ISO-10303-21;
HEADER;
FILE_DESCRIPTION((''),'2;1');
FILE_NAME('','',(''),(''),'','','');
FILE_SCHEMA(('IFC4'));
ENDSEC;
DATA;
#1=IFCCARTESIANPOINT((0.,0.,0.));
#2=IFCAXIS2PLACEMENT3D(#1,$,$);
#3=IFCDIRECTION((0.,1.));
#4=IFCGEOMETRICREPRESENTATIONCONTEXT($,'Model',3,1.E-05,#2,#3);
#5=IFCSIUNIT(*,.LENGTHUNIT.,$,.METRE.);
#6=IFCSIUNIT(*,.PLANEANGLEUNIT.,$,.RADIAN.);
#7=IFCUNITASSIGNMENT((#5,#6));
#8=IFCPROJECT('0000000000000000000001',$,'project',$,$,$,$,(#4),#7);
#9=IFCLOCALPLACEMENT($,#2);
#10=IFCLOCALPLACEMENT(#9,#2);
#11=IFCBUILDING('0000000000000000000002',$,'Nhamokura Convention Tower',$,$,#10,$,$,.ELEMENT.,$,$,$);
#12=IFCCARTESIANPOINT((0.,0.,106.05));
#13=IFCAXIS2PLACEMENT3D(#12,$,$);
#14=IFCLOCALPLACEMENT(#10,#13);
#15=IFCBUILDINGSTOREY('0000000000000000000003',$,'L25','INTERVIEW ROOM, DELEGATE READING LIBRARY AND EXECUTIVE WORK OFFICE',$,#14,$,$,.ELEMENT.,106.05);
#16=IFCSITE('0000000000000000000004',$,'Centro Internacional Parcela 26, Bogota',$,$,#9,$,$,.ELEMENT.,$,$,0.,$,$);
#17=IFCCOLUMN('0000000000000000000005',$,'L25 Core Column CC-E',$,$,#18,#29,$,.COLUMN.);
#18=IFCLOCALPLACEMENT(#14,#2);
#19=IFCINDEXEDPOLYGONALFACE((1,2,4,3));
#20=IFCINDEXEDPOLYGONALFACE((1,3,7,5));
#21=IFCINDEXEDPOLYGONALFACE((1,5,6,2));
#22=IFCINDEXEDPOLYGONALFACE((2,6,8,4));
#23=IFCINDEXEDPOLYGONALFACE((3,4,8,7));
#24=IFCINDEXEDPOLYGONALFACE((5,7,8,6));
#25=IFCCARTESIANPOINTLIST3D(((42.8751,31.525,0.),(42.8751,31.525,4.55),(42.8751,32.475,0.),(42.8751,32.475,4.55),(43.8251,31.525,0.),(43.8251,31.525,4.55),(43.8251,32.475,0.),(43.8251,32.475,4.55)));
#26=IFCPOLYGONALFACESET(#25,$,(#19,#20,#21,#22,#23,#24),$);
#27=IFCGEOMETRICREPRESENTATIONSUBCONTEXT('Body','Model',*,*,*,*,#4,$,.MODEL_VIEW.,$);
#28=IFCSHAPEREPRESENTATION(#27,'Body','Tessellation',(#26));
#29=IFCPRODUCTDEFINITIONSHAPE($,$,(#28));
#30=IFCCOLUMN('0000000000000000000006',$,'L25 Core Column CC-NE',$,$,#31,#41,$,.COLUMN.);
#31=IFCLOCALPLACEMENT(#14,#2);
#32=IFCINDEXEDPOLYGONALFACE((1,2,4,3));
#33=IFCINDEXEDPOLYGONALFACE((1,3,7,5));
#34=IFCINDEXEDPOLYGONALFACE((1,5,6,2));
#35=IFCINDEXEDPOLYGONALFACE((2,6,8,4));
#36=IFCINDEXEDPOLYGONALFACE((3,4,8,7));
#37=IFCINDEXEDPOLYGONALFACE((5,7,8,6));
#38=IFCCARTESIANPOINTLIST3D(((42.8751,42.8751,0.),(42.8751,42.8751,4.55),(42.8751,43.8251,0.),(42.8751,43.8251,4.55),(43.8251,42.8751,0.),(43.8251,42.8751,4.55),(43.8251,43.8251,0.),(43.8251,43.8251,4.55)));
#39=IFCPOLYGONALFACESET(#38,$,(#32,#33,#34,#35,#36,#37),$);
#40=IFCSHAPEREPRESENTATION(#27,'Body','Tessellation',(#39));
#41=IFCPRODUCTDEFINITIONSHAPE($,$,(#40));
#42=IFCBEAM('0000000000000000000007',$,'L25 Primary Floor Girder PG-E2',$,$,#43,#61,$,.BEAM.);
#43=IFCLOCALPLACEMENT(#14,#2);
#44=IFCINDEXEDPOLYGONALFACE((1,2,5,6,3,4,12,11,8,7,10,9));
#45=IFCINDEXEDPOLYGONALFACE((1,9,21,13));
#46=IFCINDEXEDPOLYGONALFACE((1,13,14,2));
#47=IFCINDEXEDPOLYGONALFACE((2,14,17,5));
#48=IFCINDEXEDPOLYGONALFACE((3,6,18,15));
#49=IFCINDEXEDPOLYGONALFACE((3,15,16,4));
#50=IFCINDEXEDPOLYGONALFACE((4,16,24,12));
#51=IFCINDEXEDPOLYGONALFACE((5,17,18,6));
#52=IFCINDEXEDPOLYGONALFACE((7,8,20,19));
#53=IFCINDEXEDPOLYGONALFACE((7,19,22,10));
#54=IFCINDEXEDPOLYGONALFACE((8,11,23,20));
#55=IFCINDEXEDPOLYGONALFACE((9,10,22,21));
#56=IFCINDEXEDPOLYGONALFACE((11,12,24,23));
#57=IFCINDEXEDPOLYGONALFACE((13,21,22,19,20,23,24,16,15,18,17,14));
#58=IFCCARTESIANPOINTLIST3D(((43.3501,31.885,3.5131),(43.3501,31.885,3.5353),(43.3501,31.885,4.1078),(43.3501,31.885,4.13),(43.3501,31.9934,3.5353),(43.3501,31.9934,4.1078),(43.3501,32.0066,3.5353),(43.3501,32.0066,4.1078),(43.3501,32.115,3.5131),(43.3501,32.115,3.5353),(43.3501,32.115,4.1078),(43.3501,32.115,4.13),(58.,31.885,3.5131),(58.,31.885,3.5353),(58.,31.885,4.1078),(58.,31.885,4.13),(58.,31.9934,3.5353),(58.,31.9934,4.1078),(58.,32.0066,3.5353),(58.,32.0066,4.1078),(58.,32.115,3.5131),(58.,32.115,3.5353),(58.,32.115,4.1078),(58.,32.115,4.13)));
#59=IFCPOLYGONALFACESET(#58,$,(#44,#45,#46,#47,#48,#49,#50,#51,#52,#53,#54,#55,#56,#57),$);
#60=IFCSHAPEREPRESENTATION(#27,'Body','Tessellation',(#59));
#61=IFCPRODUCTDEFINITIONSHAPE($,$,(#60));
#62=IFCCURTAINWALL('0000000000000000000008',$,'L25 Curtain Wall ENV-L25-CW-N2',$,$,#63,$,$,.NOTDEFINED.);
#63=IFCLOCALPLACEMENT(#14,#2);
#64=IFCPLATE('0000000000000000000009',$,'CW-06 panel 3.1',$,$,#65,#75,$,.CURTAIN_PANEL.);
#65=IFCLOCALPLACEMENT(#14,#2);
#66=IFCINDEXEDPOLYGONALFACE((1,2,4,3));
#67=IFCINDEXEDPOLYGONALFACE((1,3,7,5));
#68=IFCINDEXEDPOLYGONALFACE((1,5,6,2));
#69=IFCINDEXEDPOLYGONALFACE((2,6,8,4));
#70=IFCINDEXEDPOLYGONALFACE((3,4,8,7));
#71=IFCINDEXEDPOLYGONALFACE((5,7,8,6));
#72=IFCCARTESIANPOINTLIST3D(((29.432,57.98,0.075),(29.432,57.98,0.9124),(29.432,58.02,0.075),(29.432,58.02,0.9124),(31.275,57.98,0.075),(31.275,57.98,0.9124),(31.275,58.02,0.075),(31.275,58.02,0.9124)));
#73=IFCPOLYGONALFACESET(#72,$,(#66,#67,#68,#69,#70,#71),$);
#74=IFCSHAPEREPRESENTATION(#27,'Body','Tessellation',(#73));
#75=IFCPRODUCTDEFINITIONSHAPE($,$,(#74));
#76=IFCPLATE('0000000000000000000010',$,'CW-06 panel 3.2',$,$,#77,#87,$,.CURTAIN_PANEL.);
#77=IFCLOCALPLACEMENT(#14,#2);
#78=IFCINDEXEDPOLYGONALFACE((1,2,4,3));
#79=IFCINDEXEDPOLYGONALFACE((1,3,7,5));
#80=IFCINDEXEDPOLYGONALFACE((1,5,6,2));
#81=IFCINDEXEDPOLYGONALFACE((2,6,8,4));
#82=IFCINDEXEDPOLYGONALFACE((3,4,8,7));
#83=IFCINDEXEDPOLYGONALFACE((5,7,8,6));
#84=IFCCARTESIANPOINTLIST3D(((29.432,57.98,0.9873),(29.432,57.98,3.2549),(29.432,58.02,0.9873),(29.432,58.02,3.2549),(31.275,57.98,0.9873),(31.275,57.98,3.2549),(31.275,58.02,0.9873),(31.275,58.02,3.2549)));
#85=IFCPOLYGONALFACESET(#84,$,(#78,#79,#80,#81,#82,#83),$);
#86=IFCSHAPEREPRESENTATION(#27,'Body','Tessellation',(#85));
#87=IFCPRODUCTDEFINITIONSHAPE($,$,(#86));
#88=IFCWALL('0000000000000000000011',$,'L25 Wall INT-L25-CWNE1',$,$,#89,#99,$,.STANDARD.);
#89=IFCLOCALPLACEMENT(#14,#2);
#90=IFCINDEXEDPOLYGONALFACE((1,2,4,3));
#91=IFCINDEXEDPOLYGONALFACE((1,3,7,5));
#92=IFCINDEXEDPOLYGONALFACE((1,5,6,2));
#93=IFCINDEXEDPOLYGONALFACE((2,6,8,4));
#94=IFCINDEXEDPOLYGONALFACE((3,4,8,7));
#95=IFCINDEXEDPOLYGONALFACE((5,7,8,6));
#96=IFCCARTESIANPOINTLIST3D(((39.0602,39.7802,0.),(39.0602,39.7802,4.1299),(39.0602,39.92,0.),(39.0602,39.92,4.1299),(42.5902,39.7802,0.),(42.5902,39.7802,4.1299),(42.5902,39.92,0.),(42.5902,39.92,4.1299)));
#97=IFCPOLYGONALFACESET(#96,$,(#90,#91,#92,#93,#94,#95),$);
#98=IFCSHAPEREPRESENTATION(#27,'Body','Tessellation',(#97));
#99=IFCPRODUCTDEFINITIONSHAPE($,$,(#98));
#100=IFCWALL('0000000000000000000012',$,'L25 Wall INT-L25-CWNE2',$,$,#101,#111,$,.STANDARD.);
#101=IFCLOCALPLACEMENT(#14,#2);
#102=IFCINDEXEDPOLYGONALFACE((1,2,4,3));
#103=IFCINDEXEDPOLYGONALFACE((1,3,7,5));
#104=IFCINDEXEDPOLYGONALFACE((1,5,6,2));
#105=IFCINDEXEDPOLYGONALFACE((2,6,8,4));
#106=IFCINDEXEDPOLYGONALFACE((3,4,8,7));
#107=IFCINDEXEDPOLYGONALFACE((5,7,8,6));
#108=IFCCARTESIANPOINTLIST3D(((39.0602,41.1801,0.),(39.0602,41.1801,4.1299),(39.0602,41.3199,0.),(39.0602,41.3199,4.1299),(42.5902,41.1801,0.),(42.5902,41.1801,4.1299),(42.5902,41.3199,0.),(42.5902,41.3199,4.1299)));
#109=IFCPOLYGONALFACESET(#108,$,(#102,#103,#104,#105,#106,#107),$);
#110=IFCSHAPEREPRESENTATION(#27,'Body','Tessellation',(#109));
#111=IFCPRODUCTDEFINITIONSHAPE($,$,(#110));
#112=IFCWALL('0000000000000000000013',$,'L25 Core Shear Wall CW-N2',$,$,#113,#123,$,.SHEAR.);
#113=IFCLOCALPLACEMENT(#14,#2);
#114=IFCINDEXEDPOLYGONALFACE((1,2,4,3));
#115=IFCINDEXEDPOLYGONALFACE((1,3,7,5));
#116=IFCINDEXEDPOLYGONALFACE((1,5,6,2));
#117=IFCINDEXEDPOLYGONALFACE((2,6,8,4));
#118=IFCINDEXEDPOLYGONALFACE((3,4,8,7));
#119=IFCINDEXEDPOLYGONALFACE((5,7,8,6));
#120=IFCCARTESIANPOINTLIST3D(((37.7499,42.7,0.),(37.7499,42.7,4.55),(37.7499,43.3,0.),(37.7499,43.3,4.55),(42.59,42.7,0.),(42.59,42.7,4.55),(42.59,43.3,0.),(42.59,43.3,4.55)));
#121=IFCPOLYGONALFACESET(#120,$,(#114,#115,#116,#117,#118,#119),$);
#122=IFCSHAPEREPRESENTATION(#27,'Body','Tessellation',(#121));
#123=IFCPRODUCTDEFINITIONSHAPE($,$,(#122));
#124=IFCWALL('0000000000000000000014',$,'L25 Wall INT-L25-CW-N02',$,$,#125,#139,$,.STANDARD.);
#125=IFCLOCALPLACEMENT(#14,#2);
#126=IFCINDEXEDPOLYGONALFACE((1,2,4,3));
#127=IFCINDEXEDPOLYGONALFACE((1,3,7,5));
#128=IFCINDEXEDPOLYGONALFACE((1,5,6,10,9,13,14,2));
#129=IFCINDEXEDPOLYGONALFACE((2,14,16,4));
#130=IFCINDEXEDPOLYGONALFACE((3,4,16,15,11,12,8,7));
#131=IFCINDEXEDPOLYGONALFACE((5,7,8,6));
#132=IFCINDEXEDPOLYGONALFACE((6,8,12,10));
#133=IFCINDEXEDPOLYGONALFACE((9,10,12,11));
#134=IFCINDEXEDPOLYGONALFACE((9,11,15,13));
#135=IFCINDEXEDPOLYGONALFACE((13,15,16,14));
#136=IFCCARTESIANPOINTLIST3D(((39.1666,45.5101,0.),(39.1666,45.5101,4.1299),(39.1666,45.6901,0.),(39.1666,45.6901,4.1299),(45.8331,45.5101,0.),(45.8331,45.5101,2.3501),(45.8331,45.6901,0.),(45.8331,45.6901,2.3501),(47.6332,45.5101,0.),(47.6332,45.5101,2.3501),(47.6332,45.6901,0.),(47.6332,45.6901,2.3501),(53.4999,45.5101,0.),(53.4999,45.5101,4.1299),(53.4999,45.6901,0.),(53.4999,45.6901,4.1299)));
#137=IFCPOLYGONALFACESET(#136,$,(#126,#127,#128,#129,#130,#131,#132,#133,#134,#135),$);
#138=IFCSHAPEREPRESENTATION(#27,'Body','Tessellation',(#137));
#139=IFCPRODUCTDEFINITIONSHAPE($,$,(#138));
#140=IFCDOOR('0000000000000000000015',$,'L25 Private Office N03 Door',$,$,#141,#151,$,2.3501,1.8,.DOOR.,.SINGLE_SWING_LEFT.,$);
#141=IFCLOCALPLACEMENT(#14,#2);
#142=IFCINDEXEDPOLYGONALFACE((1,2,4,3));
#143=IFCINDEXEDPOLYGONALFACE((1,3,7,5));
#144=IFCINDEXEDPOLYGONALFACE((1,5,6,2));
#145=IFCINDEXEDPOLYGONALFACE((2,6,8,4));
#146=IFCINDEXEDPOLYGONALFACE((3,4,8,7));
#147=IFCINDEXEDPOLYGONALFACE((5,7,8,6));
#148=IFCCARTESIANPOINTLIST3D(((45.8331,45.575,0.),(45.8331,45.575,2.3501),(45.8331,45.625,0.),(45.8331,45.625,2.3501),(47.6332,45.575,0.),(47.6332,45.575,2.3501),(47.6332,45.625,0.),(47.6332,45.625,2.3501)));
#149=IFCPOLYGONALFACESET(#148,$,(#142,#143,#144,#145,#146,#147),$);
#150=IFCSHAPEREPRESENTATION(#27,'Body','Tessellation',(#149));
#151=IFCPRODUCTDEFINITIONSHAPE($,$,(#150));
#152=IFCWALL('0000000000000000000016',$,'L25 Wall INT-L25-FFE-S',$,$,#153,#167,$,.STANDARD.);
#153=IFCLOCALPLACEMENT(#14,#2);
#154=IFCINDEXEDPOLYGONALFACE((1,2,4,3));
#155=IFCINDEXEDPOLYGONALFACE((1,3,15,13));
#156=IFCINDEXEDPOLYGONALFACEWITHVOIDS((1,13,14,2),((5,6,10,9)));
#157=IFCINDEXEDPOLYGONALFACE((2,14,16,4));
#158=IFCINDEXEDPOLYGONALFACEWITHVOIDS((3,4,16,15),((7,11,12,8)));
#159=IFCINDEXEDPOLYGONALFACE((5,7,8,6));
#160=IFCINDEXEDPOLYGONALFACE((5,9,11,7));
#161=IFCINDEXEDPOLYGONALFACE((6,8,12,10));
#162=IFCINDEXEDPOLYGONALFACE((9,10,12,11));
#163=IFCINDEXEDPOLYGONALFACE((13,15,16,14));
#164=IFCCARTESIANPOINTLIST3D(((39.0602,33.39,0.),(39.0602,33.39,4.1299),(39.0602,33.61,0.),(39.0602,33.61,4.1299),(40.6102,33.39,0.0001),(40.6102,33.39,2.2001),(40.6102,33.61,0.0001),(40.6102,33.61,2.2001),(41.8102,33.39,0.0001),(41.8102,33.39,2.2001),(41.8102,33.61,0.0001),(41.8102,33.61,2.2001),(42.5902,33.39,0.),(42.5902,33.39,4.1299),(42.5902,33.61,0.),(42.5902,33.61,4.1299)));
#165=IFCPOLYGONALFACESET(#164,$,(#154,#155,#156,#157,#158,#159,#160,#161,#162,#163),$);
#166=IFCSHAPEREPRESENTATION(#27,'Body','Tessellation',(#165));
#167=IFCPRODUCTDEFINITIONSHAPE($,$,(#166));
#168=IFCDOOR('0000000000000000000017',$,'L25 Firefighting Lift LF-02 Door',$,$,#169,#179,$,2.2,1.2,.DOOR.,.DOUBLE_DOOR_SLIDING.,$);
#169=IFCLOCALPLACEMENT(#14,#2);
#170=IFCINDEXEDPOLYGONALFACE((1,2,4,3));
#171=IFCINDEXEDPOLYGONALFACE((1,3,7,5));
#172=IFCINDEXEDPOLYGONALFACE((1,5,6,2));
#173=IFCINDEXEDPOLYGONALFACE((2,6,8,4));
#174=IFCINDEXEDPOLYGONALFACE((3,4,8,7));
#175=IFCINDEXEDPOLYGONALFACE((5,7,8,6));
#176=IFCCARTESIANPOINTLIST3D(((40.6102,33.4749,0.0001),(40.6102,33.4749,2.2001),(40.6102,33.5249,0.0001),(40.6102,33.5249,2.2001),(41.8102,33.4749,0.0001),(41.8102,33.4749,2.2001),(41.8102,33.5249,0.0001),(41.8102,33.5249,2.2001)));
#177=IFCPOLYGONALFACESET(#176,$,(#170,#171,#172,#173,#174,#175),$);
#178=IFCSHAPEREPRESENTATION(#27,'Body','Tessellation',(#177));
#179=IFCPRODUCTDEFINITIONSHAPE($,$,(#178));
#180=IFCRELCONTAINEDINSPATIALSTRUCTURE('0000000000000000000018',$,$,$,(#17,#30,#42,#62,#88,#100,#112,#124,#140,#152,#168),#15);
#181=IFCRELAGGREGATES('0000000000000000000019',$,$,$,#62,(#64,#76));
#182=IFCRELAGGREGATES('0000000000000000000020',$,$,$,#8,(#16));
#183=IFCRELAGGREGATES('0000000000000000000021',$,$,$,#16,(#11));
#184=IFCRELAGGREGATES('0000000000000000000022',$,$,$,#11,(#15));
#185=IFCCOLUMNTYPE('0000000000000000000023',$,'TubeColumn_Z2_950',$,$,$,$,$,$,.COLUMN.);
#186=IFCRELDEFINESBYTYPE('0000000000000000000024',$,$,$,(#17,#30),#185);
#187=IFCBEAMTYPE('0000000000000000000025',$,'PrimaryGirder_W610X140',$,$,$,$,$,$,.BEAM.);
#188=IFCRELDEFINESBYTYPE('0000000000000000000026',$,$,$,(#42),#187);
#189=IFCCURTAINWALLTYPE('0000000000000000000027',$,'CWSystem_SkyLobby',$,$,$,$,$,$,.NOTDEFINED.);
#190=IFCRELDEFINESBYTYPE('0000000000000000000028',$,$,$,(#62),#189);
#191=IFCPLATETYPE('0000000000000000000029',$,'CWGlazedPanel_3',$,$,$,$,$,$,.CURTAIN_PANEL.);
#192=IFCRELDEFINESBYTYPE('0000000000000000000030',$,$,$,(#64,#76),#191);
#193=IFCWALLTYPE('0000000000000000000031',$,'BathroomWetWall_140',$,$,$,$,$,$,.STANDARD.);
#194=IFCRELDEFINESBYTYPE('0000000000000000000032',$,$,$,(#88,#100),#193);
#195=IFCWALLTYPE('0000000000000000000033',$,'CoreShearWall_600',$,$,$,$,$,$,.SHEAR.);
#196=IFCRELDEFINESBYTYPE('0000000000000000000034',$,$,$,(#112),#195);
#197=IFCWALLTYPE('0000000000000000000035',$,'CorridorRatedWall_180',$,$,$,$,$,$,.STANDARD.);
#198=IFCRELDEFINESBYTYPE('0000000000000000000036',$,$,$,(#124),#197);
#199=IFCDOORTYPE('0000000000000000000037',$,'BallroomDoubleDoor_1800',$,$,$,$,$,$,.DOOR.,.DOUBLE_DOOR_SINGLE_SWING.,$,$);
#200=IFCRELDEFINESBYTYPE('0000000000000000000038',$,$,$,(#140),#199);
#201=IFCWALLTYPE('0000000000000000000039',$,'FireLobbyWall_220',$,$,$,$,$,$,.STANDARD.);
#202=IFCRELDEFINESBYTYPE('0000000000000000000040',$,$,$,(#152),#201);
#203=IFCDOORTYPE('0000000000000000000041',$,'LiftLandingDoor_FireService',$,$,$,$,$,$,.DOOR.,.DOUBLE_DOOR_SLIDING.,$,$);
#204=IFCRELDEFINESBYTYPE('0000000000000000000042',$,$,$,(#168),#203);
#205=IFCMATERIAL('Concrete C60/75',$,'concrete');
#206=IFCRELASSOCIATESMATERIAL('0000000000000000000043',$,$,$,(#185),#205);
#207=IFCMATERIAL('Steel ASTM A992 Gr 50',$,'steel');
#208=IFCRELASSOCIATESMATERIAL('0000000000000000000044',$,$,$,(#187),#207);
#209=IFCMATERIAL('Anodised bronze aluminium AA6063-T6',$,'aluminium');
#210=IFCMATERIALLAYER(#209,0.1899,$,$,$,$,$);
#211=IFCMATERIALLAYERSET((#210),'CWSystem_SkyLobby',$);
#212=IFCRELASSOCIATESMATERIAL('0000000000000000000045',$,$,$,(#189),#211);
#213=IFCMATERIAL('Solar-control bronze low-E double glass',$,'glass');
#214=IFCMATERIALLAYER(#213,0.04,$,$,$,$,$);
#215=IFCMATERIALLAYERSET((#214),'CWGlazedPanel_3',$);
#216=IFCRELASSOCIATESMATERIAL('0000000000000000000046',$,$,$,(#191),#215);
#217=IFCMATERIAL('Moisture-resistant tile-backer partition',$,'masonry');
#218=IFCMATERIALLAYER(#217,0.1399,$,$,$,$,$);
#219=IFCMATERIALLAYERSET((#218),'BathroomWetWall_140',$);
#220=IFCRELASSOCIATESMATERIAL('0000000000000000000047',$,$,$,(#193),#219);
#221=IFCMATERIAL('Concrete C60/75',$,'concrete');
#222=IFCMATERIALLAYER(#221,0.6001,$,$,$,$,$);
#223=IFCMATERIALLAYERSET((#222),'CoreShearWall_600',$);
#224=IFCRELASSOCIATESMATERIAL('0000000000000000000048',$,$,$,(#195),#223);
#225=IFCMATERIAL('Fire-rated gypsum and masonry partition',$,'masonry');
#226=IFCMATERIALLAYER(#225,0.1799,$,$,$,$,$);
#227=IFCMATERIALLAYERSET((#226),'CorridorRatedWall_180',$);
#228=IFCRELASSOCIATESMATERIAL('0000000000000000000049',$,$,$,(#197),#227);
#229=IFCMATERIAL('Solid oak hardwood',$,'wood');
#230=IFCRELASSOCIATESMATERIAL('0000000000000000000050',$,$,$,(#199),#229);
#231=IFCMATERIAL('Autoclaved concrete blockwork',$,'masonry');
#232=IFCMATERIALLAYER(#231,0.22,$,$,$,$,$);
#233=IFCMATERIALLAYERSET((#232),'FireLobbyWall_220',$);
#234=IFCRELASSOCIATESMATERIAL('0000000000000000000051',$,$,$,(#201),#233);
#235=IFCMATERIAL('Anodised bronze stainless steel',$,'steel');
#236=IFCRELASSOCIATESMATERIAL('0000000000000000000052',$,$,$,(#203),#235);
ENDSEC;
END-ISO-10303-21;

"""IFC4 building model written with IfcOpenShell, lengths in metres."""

from ifc_helpers import new_model, si_unit, direction, frame, frame_2d, origin, origin_2d, place, context, subcontext, project, spatial, rectangle, i_section, extrude, material, layer, layer_set, material_profile, profile_set, type_object, element, fill, aggregate, save


model = new_model("IFC4")

# Units and contexts
model_context = context("Model", 3, precision=1e-05, world=origin(), true_north=direction((0.0, 1.0)))
body_context = subcontext(model_context, "Body", "Model", "MODEL_VIEW")
ifc_project = project(units=[si_unit("LENGTHUNIT", "METRE"), si_unit("PLANEANGLEUNIT", "RADIAN")], contexts=[model_context])

# Site, building, storey
site_placement = place(None, origin())
site = spatial("IfcSite", under=ifc_project, at=site_placement, Name="Centro Internacional Parcela 26, Bogota", CompositionType="ELEMENT", RefElevation=0.0)
building_placement = place(site_placement, origin())
building = spatial("IfcBuilding", under=site, at=building_placement, Name="Nhamokura Convention Tower", CompositionType="ELEMENT")
storey_placement = place(building_placement, frame((0.0, 0.0, 106.05)))
storey = spatial("IfcBuildingStorey", under=building, at=storey_placement, Name="L25", Description="INTERVIEW ROOM, DELEGATE READING LIBRARY AND EXECUTIVE WORK OFFICE", CompositionType="ELEMENT", Elevation=106.05)

# Columns
ifc_material_1 = material(Name="Concrete C60/75", Category="concrete")
ifc_material_profile_1 = material_profile(ifc_material_1, rectangle(XDim=0.95, YDim=0.95, at=origin_2d()))
ifc_profile_set_1 = profile_set([ifc_material_profile_1], Name="Concrete C60/75")
column_type = type_object("IfcColumnType", Name="TubeColumn_Z2_950", PredefinedType="COLUMN", material=ifc_profile_set_1)
for number, where, z_axis, x_axis, name in (
    (1, (43.3501, 32.0, 0.0), (0.0, 0.0, 1.0), (1.0, 0.0, 0.0), "L25 Core Column CC-E"),
    (2, (43.3501, 43.3501, 0.0), (0.0, 0.0, 1.0), (1.0, 0.0, 0.0), "L25 Core Column CC-NE"),
):
    element("IfcColumn", number, at=place(storey_placement, frame(where, z_axis=z_axis, x_axis=x_axis)), inside=storey, type_object=column_type, Name=name, PredefinedType="COLUMN", context=body_context, shape_type="SweptSolid", body=[
        extrude(rectangle(XDim=0.95, YDim=0.95, at=origin_2d()), origin(), (0.0, 0.0, 1.0), 4.55),
    ])

# Beam
ifc_material_2 = material(Name="Steel ASTM A992 Gr 50", Category="steel")
ifc_material_profile_2 = material_profile(ifc_material_2, i_section(OverallWidth=0.23, OverallDepth=0.6169, WebThickness=0.0132, FlangeThickness=0.0222, at=origin_2d()))
ifc_profile_set_2 = profile_set([ifc_material_profile_2], Name="Steel ASTM A992 Gr 50")
beam_type = type_object("IfcBeamType", Name="PrimaryGirder_W610X140", PredefinedType="BEAM", material=ifc_profile_set_2)
beam_placement = place(storey_placement, frame((43.3501, 32.0, 3.8215), z_axis=(1.0, 0.0, 0.0), x_axis=(0.0, 1.0, 0.0)))
element("IfcBeam", 3, at=beam_placement, inside=storey, type_object=beam_type, Name="L25 Primary Floor Girder PG-E2", PredefinedType="BEAM", context=body_context, shape_type="SweptSolid", body=[
    extrude(i_section(OverallWidth=0.23, OverallDepth=0.6169, WebThickness=0.0132, FlangeThickness=0.0222, at=origin_2d()), origin(), (0.0, 0.0, 1.0), 14.6499),
])

# Curtain wall, plates
ifc_material_3 = material(Name="Anodised bronze aluminium AA6063-T6", Category="aluminium")
ifc_layer_1 = layer(ifc_material_3, 0.1899)
ifc_layer_set_1 = layer_set([ifc_layer_1], Name="CWSystem_SkyLobby")
curtain_wall_type = type_object("IfcCurtainWallType", Name="CWSystem_SkyLobby", PredefinedType="NOTDEFINED", material=ifc_layer_set_1)
curtain_wall_placement = place(storey_placement, origin())
curtain_wall = element("IfcCurtainWall", 4, at=curtain_wall_placement, inside=storey, type_object=curtain_wall_type, Name="L25 Curtain Wall ENV-L25-CW-N2", PredefinedType="NOTDEFINED")
ifc_material_4 = material(Name="Solar-control bronze low-E double glass", Category="glass")
ifc_layer_2 = layer(ifc_material_4, 0.04)
ifc_layer_set_2 = layer_set([ifc_layer_2], Name="CWGlazedPanel_3")
plate_type = type_object("IfcPlateType", Name="CWGlazedPanel_3", PredefinedType="CURTAIN_PANEL", material=ifc_layer_set_2)
plate_1_placement = place(storey_placement, frame((30.3535, 58.0, 0.075), z_axis=(0.0, 0.0, 1.0), x_axis=(1.0, 0.0, 0.0)))
plate_1 = element("IfcPlate", 5, at=plate_1_placement, type_object=plate_type, Name="CW-06 panel 3.1", PredefinedType="CURTAIN_PANEL", context=body_context, shape_type="SweptSolid", body=[
    extrude(rectangle(XDim=1.843, YDim=0.04, at=origin_2d()), origin(), (0.0, 0.0, 1.0), 0.8374),
])
plate_2_placement = place(storey_placement, frame((30.3535, 58.0, 0.9873), z_axis=(0.0, 0.0, 1.0), x_axis=(1.0, 0.0, 0.0)))
plate_2 = element("IfcPlate", 6, at=plate_2_placement, type_object=plate_type, Name="CW-06 panel 3.2", PredefinedType="CURTAIN_PANEL", context=body_context, shape_type="SweptSolid", body=[
    extrude(rectangle(XDim=1.843, YDim=0.04, at=origin_2d()), origin(), (0.0, 0.0, 1.0), 2.2676),
])
aggregate(curtain_wall, [plate_1, plate_2])

# Walls
ifc_material_5 = material(Name="Moisture-resistant tile-backer partition", Category="masonry")
ifc_layer_3 = layer(ifc_material_5, 0.1399)
ifc_layer_set_3 = layer_set([ifc_layer_3], Name="BathroomWetWall_140")
wall_type_1 = type_object("IfcWallType", Name="BathroomWetWall_140", PredefinedType="STANDARD", material=ifc_layer_set_3)
for number, where, z_axis, x_axis, name in (
    (7, (39.0601, 39.8501, 0.0), (0.0, 0.0, 1.0), (1.0, 0.0, 0.0), "L25 Wall INT-L25-CWNE1"),
    (8, (39.0601, 41.25, 0.0), (0.0, 0.0, 1.0), (1.0, 0.0, 0.0), "L25 Wall INT-L25-CWNE2"),
):
    element("IfcWall", number, at=place(storey_placement, frame(where, z_axis=z_axis, x_axis=x_axis)), inside=storey, type_object=wall_type_1, Name=name, PredefinedType="STANDARD", context=body_context, shape_type="SweptSolid", body=[
        extrude(rectangle(XDim=3.53, YDim=0.1399, at=frame_2d((1.7651, 0.0))), origin(), (0.0, 0.0, 1.0), 4.1299),
    ])
ifc_material_6 = material(Name="Concrete C60/75", Category="concrete")
ifc_layer_4 = layer(ifc_material_6, 0.6001)
ifc_layer_set_4 = layer_set([ifc_layer_4], Name="CoreShearWall_600")
wall_type_2 = type_object("IfcWallType", Name="CoreShearWall_600", PredefinedType="SHEAR", material=ifc_layer_set_4)
wall_1_placement = place(storey_placement, frame((37.75, 43.0, 0.0), z_axis=(0.0, 0.0, 1.0), x_axis=(1.0, 0.0, 0.0)))
element("IfcWall", 9, at=wall_1_placement, inside=storey, type_object=wall_type_2, Name="L25 Core Shear Wall CW-N2", PredefinedType="SHEAR", context=body_context, shape_type="SweptSolid", body=[
    extrude(rectangle(XDim=4.8401, YDim=0.6001, at=frame_2d((2.4199, 0.0))), origin(), (0.0, 0.0, 1.0), 4.55),
])

# Walls, openings, doors
ifc_material_7 = material(Name="Fire-rated gypsum and masonry partition", Category="masonry")
ifc_layer_5 = layer(ifc_material_7, 0.1799)
ifc_layer_set_5 = layer_set([ifc_layer_5], Name="CorridorRatedWall_180")
wall_type_3 = type_object("IfcWallType", Name="CorridorRatedWall_180", PredefinedType="STANDARD", material=ifc_layer_set_5)
wall_2_placement = place(storey_placement, frame((39.1667, 45.6001, 0.0), z_axis=(0.0, 0.0, 1.0), x_axis=(1.0, 0.0, 0.0)))
wall_2 = element("IfcWall", 10, at=wall_2_placement, inside=storey, type_object=wall_type_3, Name="L25 Wall INT-L25-CW-N02", PredefinedType="STANDARD", context=body_context, shape_type="SweptSolid", body=[
    extrude(rectangle(XDim=14.3333, YDim=0.1799, at=frame_2d((7.1665, 0.0))), origin(), (0.0, 0.0, 1.0), 4.1299),
])
opening_1_placement = place(wall_2_placement, frame((6.6665, 0.0, 0.0)))
opening_1 = element("IfcOpeningElement", 11, at=opening_1_placement, cuts=wall_2, PredefinedType="OPENING", context=body_context, shape_type="SweptSolid", body=[
    extrude(rectangle(XDim=1.8, YDim=2.3501, at=frame_2d((0.8999, 1.175))), frame((0.0, 0.0999, 0.0), z_axis=(0.0, -1.0, 0.0), x_axis=(1.0, 0.0, 0.0)), (0.0, 0.0, 1.0), 0.2),
])
ifc_material_8 = material(Name="Solid oak hardwood", Category="wood")
door_type_1 = type_object("IfcDoorType", Name="BallroomDoubleDoor_1800", OperationType="DOUBLE_DOOR_SINGLE_SWING", PredefinedType="DOOR", material=ifc_material_8)
door_1_placement = place(opening_1_placement, origin())
door_1 = element("IfcDoor", 12, at=door_1_placement, inside=storey, type_object=door_type_1, Name="L25 Private Office N03 Door", OperationType="SINGLE_SWING_LEFT", OverallHeight=2.3501, OverallWidth=1.8, PredefinedType="DOOR", context=body_context, shape_type="SweptSolid", body=[
    extrude(rectangle(XDim=1.8, YDim=2.3501, at=frame_2d((0.8999, 1.175))), frame((0.0, 0.0249, 0.0), z_axis=(0.0, -1.0, 0.0), x_axis=(1.0, 0.0, 0.0)), (0.0, 0.0, 1.0), 0.05),
])
fill(opening_1, door_1)
ifc_material_9 = material(Name="Autoclaved concrete blockwork", Category="masonry")
ifc_layer_6 = layer(ifc_material_9, 0.22)
ifc_layer_set_6 = layer_set([ifc_layer_6], Name="FireLobbyWall_220")
wall_type_4 = type_object("IfcWallType", Name="FireLobbyWall_220", PredefinedType="STANDARD", material=ifc_layer_set_6)
wall_3_placement = place(storey_placement, frame((39.0601, 33.5, 0.0), z_axis=(0.0, 0.0, 1.0), x_axis=(1.0, 0.0, 0.0)))
wall_3 = element("IfcWall", 13, at=wall_3_placement, inside=storey, type_object=wall_type_4, Name="L25 Wall INT-L25-FFE-S", PredefinedType="STANDARD", context=body_context, shape_type="SweptSolid", body=[
    extrude(rectangle(XDim=3.53, YDim=0.22, at=frame_2d((1.7651, 0.0))), origin(), (0.0, 0.0, 1.0), 4.1299),
])
opening_2_placement = place(wall_3_placement, frame((1.55, 0.0, 0.0)))
opening_2 = element("IfcOpeningElement", 14, at=opening_2_placement, cuts=wall_3, PredefinedType="OPENING", context=body_context, shape_type="SweptSolid", body=[
    extrude(rectangle(XDim=1.2, YDim=2.2, at=frame_2d((0.6001, 1.1001))), frame((0.0, 0.1199, 0.0), z_axis=(0.0, -1.0, 0.0), x_axis=(1.0, 0.0, 0.0)), (0.0, 0.0, 1.0), 0.24),
])
ifc_material_10 = material(Name="Anodised bronze stainless steel", Category="steel")
door_type_2 = type_object("IfcDoorType", Name="LiftLandingDoor_FireService", OperationType="DOUBLE_DOOR_SLIDING", PredefinedType="DOOR", material=ifc_material_10)
door_2_placement = place(opening_2_placement, origin())
door_2 = element("IfcDoor", 15, at=door_2_placement, inside=storey, type_object=door_type_2, Name="L25 Firefighting Lift LF-02 Door", OperationType="DOUBLE_DOOR_SLIDING", OverallHeight=2.2, OverallWidth=1.2, PredefinedType="DOOR", context=body_context, shape_type="SweptSolid", body=[
    extrude(rectangle(XDim=1.2, YDim=2.2, at=frame_2d((0.6001, 1.1001))), frame((0.0, 0.0249, 0.0), z_axis=(0.0, -1.0, 0.0), x_axis=(1.0, 0.0, 0.0)), (0.0, 0.0, 1.0), 0.05),
])
fill(opening_2, door_2)

save(model, "model.ifc")
